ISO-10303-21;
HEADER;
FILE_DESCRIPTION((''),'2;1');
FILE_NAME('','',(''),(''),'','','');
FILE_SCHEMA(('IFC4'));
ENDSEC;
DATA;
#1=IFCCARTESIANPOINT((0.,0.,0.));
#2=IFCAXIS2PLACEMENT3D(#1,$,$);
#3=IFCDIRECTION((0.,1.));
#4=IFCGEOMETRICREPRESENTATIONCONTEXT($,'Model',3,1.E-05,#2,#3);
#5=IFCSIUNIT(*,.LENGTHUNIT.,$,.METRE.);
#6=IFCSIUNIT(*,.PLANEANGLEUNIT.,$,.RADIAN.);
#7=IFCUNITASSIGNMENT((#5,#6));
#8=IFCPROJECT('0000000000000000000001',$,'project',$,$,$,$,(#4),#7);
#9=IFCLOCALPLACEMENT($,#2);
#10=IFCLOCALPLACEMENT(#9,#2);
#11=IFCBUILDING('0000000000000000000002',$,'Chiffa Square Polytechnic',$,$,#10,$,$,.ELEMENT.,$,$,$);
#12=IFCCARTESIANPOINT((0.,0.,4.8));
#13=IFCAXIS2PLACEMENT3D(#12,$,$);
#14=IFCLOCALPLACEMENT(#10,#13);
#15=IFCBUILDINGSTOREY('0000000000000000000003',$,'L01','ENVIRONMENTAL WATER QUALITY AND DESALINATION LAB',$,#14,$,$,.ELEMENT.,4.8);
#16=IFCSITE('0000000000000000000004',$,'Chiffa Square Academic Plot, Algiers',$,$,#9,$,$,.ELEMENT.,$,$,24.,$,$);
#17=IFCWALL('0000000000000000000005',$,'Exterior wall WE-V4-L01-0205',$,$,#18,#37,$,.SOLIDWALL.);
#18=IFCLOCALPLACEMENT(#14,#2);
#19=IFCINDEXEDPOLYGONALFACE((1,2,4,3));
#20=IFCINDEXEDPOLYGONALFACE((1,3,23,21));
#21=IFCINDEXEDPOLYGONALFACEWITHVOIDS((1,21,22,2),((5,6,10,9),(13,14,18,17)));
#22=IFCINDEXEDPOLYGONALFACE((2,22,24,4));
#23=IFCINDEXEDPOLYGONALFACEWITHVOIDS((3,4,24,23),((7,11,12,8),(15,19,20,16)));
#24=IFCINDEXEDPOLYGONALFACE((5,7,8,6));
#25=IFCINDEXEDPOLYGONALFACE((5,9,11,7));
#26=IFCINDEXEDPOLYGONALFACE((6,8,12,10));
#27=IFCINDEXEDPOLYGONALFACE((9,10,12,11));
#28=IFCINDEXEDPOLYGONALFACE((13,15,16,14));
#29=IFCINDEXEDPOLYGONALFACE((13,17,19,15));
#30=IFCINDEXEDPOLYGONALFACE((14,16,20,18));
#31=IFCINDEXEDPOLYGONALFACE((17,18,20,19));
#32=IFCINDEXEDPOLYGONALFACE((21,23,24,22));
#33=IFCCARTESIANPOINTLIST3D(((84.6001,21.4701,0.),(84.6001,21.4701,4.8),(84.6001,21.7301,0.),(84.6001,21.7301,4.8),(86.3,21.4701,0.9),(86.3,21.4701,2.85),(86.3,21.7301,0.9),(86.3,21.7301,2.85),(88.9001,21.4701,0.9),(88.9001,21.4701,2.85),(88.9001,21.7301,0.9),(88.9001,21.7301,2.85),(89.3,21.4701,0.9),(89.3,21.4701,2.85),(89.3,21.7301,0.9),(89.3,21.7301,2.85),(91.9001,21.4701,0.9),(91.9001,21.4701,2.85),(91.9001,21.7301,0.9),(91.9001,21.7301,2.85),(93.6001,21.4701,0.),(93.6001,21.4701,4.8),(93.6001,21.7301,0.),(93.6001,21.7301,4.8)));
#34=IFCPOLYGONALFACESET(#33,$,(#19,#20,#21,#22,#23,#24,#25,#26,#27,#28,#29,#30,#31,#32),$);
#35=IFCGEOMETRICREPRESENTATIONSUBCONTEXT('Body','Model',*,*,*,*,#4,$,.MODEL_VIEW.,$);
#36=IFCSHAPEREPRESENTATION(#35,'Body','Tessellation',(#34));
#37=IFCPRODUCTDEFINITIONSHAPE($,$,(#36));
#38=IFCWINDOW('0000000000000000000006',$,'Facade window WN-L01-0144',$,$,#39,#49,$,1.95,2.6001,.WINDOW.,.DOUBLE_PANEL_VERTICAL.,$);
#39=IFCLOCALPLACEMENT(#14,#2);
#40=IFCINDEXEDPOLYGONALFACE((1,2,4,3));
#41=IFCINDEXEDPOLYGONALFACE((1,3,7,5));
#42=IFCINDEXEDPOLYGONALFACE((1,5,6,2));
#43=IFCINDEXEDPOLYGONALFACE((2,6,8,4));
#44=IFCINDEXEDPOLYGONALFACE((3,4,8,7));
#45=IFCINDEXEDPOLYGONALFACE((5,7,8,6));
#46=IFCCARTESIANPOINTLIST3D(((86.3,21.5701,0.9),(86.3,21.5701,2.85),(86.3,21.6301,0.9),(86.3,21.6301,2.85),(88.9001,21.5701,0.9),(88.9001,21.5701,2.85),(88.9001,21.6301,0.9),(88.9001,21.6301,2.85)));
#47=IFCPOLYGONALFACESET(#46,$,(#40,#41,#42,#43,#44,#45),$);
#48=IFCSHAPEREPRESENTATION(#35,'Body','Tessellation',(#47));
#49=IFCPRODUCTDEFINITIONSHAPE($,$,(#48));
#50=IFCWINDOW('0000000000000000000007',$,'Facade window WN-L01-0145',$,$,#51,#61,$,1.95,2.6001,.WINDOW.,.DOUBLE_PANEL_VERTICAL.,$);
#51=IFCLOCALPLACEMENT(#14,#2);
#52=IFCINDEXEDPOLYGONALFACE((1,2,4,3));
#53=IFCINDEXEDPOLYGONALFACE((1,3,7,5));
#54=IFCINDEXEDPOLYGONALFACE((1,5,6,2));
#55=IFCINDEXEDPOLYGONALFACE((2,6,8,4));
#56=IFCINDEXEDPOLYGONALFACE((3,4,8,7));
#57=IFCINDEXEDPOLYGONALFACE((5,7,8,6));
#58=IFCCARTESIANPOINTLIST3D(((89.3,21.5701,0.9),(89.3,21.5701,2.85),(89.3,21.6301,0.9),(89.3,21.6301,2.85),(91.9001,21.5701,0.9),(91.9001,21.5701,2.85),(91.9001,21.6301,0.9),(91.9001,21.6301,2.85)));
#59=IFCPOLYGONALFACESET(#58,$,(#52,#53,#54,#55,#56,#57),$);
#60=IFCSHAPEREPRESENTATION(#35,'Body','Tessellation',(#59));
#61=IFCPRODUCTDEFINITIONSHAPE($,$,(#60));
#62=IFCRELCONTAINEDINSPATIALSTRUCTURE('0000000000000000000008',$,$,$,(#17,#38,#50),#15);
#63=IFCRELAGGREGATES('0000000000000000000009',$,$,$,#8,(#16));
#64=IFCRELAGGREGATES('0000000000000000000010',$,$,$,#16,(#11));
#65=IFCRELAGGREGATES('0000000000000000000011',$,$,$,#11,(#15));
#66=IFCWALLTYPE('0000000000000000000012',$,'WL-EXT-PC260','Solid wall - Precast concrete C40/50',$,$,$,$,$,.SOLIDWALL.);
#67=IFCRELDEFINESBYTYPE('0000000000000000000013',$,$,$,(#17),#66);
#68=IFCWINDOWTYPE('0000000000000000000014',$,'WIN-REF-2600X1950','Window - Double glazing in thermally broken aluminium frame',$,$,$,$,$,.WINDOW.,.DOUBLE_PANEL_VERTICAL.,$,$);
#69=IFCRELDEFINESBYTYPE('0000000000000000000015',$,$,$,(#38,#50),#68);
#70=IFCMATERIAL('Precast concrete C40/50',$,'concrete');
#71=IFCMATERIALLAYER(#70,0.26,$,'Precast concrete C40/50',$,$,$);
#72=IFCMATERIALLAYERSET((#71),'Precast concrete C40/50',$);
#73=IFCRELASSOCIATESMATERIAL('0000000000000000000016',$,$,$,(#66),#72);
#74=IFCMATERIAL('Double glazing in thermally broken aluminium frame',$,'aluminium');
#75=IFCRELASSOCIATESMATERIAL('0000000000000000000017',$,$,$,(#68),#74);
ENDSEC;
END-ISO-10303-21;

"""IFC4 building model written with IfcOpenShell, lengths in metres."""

from ifc_helpers import new_model, si_unit, direction, frame, frame_2d, origin, place, context, subcontext, project, spatial, rectangle, extrude, material, layer, layer_set, type_object, element, fill, save


model = new_model("IFC4")

# Units and contexts
model_context = context("Model", 3, precision=1e-05, world=origin(), true_north=direction((0.0, 1.0)))
body_context = subcontext(model_context, "Body", "Model", "MODEL_VIEW")
ifc_project = project(units=[si_unit("LENGTHUNIT", "METRE"), si_unit("PLANEANGLEUNIT", "RADIAN")], contexts=[model_context])

# Site, building, storey
site_placement = place(None, origin())
site = spatial("IfcSite", under=ifc_project, at=site_placement, Name="Chiffa Square Academic Plot, Algiers", CompositionType="ELEMENT", RefElevation=24.0)
building_placement = place(site_placement, origin())
building = spatial("IfcBuilding", under=site, at=building_placement, Name="Chiffa Square Polytechnic", CompositionType="ELEMENT")
storey_placement = place(building_placement, frame((0.0, 0.0, 4.8)))
storey = spatial("IfcBuildingStorey", under=building, at=storey_placement, Name="L01", Description="ENVIRONMENTAL WATER QUALITY AND DESALINATION LAB", CompositionType="ELEMENT", Elevation=4.8)

# Shared definitions
ifc_material_1 = material(Name="Precast concrete C40/50", Category="concrete")
ifc_layer_1 = layer(ifc_material_1, 0.26, Name="Precast concrete C40/50")
ifc_layer_set_1 = layer_set([ifc_layer_1], Name="Precast concrete C40/50")
wall_type = type_object("IfcWallType", Name="WL-EXT-PC260", Description="Solid wall - Precast concrete C40/50", PredefinedType="SOLIDWALL", material=ifc_layer_set_1)

# Wall, openings, windows
wall_1_placement = place(storey_placement, frame((84.6001, 21.6001, 0.0), z_axis=(0.0, 0.0, 1.0), x_axis=(1.0, 0.0, 0.0)))
wall_1 = element("IfcWall", 1, at=wall_1_placement, inside=storey, type_object=wall_type, Name="Exterior wall WE-V4-L01-0205", PredefinedType="SOLIDWALL", context=body_context, shape_type="SweptSolid", body=[
    extrude(rectangle(XDim=9.0, YDim=0.26, at=frame_2d((4.5, 0.0))), origin(), (0.0, 0.0, 1.0), 4.8),
])
opening_1_placement = place(wall_1_placement, frame((1.7, 0.0, 0.8999)))
opening_1 = element("IfcOpeningElement", 2, at=opening_1_placement, cuts=wall_1, PredefinedType="OPENING", context=body_context, shape_type="SweptSolid", body=[
    extrude(rectangle(XDim=2.6001, YDim=1.95, at=frame_2d((1.3, 0.9751))), frame((0.0, 0.1401, 0.0), z_axis=(0.0, -1.0, 0.0), x_axis=(1.0, 0.0, 0.0)), (0.0, 0.0, 1.0), 0.28),
])
opening_2_placement = place(wall_1_placement, frame((4.7, 0.0, 0.8999)))
opening_2 = element("IfcOpeningElement", 3, at=opening_2_placement, cuts=wall_1, PredefinedType="OPENING", context=body_context, shape_type="SweptSolid", body=[
    extrude(rectangle(XDim=2.6001, YDim=1.95, at=frame_2d((1.3, 0.9751))), frame((0.0, 0.1401, 0.0), z_axis=(0.0, -1.0, 0.0), x_axis=(1.0, 0.0, 0.0)), (0.0, 0.0, 1.0), 0.28),
])
ifc_material_2 = material(Name="Double glazing in thermally broken aluminium frame", Category="aluminium")
window_type = type_object("IfcWindowType", Name="WIN-REF-2600X1950", Description="Window - Double glazing in thermally broken aluminium frame", PartitioningType="DOUBLE_PANEL_VERTICAL", PredefinedType="WINDOW", material=ifc_material_2)
window_1_placement = place(opening_1_placement, origin())
window_1 = element("IfcWindow", 4, at=window_1_placement, inside=storey, type_object=window_type, Name="Facade window WN-L01-0144", OverallHeight=1.95, OverallWidth=2.6001, PartitioningType="DOUBLE_PANEL_VERTICAL", PredefinedType="WINDOW", context=body_context, shape_type="SweptSolid", body=[
    extrude(rectangle(XDim=2.6001, YDim=1.95, at=frame_2d((1.3, 0.9751))), frame((0.0, 0.03, 0.0), z_axis=(0.0, -1.0, 0.0), x_axis=(1.0, 0.0, 0.0)), (0.0, 0.0, 1.0), 0.0601),
])
fill(opening_1, window_1)
window_2_placement = place(opening_2_placement, origin())
window_2 = element("IfcWindow", 5, at=window_2_placement, inside=storey, type_object=window_type, Name="Facade window WN-L01-0145", OverallHeight=1.95, OverallWidth=2.6001, PartitioningType="DOUBLE_PANEL_VERTICAL", PredefinedType="WINDOW", context=body_context, shape_type="SweptSolid", body=[
    extrude(rectangle(XDim=2.6001, YDim=1.95, at=frame_2d((1.3, 0.9751))), frame((0.0, 0.03, 0.0), z_axis=(0.0, -1.0, 0.0), x_axis=(1.0, 0.0, 0.0)), (0.0, 0.0, 1.0), 0.0601),
])
fill(opening_2, window_2)

save(model, "model.ifc")
